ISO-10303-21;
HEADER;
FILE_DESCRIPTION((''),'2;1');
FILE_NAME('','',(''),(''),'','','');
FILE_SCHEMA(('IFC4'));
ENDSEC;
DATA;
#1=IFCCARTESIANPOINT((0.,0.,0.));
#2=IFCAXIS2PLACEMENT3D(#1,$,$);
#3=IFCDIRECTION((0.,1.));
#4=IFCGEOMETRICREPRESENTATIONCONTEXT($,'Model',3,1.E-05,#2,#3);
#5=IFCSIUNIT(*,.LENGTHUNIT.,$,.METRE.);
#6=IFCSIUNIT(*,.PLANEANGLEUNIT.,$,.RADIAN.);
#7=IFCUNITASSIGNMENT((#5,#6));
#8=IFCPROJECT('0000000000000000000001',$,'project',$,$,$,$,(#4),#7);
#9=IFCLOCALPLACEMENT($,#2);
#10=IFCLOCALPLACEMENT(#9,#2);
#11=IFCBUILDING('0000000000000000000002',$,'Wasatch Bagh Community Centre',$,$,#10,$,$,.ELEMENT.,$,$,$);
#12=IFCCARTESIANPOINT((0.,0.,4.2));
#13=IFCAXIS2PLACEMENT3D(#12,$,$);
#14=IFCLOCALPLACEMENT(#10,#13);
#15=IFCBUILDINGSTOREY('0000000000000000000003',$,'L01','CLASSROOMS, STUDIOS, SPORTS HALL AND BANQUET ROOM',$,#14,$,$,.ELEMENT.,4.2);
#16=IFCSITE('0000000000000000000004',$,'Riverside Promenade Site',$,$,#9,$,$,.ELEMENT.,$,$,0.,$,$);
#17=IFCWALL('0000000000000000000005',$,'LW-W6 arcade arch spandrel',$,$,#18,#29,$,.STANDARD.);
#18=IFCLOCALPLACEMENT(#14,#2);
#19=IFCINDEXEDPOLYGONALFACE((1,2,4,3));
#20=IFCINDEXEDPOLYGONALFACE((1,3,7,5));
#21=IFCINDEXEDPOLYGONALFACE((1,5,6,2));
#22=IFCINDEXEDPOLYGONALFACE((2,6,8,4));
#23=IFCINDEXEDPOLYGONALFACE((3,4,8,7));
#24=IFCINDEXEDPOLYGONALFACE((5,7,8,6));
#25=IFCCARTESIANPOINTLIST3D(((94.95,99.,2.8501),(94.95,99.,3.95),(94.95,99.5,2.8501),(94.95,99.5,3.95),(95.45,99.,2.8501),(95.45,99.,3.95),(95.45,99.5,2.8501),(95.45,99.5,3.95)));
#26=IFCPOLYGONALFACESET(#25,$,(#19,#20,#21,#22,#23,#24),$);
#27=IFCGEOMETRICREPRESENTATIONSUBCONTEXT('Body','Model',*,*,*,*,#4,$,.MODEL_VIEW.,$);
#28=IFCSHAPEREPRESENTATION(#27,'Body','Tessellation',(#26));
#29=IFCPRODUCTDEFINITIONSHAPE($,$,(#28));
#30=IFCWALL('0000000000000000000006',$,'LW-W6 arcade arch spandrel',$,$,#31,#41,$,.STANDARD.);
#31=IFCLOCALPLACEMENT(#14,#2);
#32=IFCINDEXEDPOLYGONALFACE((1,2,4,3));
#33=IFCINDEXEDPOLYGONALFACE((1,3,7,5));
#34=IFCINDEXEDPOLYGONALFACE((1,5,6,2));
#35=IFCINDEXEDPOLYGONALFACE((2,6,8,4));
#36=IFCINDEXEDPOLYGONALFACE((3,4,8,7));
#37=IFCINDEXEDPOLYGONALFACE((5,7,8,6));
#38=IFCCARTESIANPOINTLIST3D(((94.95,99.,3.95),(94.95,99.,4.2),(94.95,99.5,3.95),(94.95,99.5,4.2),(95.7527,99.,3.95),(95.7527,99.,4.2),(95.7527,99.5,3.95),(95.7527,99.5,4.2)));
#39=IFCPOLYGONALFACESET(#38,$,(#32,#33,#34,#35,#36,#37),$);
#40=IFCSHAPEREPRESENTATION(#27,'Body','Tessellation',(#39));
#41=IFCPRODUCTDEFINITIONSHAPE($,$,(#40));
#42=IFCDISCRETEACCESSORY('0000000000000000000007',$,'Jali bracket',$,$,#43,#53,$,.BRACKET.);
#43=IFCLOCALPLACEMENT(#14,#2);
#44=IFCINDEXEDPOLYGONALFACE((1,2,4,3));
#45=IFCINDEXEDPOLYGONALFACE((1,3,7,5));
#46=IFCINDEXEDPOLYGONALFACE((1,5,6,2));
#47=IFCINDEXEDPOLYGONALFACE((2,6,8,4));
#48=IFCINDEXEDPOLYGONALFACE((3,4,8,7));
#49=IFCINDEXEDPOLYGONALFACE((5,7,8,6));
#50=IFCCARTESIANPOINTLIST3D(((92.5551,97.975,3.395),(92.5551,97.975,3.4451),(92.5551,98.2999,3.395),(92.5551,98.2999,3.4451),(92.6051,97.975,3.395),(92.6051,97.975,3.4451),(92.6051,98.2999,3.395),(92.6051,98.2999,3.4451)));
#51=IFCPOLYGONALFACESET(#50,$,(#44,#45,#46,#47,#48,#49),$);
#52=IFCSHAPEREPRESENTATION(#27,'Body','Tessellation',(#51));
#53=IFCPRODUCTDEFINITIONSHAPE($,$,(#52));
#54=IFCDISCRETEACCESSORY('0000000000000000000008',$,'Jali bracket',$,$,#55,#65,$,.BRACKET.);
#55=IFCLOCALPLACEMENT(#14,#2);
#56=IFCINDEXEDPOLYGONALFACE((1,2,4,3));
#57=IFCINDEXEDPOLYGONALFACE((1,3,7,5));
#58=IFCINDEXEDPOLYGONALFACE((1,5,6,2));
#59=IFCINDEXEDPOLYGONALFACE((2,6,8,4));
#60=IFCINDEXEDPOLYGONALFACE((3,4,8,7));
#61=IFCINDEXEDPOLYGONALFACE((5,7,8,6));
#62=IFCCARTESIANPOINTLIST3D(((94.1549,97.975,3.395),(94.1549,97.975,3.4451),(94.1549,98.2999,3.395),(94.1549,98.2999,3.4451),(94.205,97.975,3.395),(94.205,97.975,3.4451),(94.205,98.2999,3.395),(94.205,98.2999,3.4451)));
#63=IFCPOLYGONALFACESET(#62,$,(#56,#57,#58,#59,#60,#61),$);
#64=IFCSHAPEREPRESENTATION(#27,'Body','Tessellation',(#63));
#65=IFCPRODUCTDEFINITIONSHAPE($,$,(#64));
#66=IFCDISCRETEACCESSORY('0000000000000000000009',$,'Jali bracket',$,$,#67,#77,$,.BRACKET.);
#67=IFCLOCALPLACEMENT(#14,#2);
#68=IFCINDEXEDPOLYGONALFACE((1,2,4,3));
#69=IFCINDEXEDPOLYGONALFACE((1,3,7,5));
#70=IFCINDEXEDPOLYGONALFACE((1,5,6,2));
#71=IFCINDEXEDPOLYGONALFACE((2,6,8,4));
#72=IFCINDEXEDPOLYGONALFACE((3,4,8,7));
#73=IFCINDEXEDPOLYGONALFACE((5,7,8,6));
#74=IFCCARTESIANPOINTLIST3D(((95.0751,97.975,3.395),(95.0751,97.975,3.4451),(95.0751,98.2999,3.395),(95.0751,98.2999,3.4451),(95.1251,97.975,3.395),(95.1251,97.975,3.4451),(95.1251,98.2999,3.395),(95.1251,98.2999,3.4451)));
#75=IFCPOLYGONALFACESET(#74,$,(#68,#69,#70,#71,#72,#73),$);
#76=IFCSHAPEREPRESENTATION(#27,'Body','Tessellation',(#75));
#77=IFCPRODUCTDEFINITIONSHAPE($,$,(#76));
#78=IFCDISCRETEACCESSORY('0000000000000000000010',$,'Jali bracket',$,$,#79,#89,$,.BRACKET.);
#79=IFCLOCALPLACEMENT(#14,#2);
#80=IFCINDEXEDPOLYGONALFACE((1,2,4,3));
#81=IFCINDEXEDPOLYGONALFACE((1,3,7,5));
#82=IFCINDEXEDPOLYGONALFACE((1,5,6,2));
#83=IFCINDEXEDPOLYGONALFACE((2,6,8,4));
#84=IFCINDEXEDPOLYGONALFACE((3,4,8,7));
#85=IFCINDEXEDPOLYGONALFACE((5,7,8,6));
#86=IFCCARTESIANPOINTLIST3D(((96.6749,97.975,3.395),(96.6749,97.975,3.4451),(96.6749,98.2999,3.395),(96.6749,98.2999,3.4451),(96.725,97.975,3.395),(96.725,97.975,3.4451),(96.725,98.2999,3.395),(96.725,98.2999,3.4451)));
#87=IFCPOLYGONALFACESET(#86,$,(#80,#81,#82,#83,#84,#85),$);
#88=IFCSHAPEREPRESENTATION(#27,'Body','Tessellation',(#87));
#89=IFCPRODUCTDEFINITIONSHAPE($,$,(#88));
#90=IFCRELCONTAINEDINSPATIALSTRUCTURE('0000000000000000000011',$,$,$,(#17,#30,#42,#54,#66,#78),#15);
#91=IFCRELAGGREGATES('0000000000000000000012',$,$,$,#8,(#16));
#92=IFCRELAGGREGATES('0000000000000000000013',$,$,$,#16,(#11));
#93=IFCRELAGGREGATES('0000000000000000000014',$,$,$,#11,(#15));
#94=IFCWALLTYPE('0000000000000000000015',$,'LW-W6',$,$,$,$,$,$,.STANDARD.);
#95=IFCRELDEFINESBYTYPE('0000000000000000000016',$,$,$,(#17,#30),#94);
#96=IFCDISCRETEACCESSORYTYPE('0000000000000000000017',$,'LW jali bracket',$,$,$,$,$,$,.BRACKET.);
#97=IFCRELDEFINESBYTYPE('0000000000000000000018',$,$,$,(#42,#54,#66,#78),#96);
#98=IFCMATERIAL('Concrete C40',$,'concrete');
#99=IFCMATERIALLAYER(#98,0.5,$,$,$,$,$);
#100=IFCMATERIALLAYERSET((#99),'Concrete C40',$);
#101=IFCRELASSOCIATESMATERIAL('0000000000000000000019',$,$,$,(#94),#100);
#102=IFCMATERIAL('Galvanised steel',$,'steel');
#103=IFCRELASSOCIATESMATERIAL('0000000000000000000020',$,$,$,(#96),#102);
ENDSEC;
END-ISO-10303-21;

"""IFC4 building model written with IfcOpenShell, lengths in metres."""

from ifc_helpers import new_model, si_unit, direction, frame, frame_2d, origin, origin_2d, place, context, subcontext, project, spatial, rectangle, extrude, material, layer, layer_set, type_object, element, save


model = new_model("IFC4")

# Units and contexts
model_context = context("Model", 3, precision=1e-05, world=origin(), true_north=direction((0.0, 1.0)))
body_context = subcontext(model_context, "Body", "Model", "MODEL_VIEW")
ifc_project = project(units=[si_unit("LENGTHUNIT", "METRE"), si_unit("PLANEANGLEUNIT", "RADIAN")], contexts=[model_context])

# Site, building, storey
site_placement = place(None, origin())
site = spatial("IfcSite", under=ifc_project, at=site_placement, Name="Riverside Promenade Site", CompositionType="ELEMENT", RefElevation=0.0)
building_placement = place(site_placement, origin())
building = spatial("IfcBuilding", under=site, at=building_placement, Name="Wasatch Bagh Community Centre", CompositionType="ELEMENT")
storey_placement = place(building_placement, frame((0.0, 0.0, 4.2)))
storey = spatial("IfcBuildingStorey", under=building, at=storey_placement, Name="L01", Description="CLASSROOMS, STUDIOS, SPORTS HALL AND BANQUET ROOM", CompositionType="ELEMENT", Elevation=4.2)

# Shared definitions
ifc_material_1 = material(Name="Concrete C40", Category="concrete")

# Walls
ifc_layer_1 = layer(ifc_material_1, 0.5)
ifc_layer_set_1 = layer_set([ifc_layer_1], Name="Concrete C40")
wall_type = type_object("IfcWallType", Name="LW-W6", PredefinedType="STANDARD", material=ifc_layer_set_1)
wall_1_placement = place(storey_placement, frame((94.95, 99.25, 2.8501), z_axis=(0.0, 0.0, 1.0), x_axis=(1.0, 0.0, 0.0)))
element("IfcWall", 1, at=wall_1_placement, inside=storey, type_object=wall_type, Name="LW-W6 arcade arch spandrel", PredefinedType="STANDARD", context=body_context, shape_type="SweptSolid", body=[
    extrude(rectangle(XDim=0.5, YDim=0.5, at=frame_2d((0.25, 0.0))), origin(), (0.0, 0.0, 1.0), 1.0999),
])
wall_2_placement = place(storey_placement, frame((94.95, 99.25, 3.95), z_axis=(0.0, 0.0, 1.0), x_axis=(1.0, 0.0, 0.0)))
element("IfcWall", 2, at=wall_2_placement, inside=storey, type_object=wall_type, Name="LW-W6 arcade arch spandrel", PredefinedType="STANDARD", context=body_context, shape_type="SweptSolid", body=[
    extrude(rectangle(XDim=0.8027, YDim=0.5, at=frame_2d((0.4014, 0.0))), origin(), (0.0, 0.0, 1.0), 0.25),
])

# Discrete accessories
ifc_material_2 = material(Name="Galvanised steel", Category="steel")
discrete_accessory_type = type_object("IfcDiscreteAccessoryType", Name="LW jali bracket", PredefinedType="BRACKET", material=ifc_material_2)
for number, where, z_axis, x_axis, name in (
    (3, (92.5801, 98.1375, 3.395), (0.0, 0.0, 1.0), (1.0, 0.0, 0.0), "Jali bracket"),
    (4, (94.1799, 98.1375, 3.395), (0.0, 0.0, 1.0), (1.0, 0.0, 0.0), "Jali bracket"),
    (5, (95.1001, 98.1375, 3.395), (0.0, 0.0, 1.0), (1.0, 0.0, 0.0), "Jali bracket"),
    (6, (96.7, 98.1375, 3.395), (0.0, 0.0, 1.0), (1.0, 0.0, 0.0), "Jali bracket"),
):
    element("IfcDiscreteAccessory", number, at=place(storey_placement, frame(where, z_axis=z_axis, x_axis=x_axis)), inside=storey, type_object=discrete_accessory_type, Name=name, PredefinedType="BRACKET", context=body_context, shape_type="SweptSolid", body=[
        extrude(rectangle(XDim=0.05, YDim=0.325, at=origin_2d()), origin(), (0.0, 0.0, 1.0), 0.05),
    ])

save(model, "model.ifc")
